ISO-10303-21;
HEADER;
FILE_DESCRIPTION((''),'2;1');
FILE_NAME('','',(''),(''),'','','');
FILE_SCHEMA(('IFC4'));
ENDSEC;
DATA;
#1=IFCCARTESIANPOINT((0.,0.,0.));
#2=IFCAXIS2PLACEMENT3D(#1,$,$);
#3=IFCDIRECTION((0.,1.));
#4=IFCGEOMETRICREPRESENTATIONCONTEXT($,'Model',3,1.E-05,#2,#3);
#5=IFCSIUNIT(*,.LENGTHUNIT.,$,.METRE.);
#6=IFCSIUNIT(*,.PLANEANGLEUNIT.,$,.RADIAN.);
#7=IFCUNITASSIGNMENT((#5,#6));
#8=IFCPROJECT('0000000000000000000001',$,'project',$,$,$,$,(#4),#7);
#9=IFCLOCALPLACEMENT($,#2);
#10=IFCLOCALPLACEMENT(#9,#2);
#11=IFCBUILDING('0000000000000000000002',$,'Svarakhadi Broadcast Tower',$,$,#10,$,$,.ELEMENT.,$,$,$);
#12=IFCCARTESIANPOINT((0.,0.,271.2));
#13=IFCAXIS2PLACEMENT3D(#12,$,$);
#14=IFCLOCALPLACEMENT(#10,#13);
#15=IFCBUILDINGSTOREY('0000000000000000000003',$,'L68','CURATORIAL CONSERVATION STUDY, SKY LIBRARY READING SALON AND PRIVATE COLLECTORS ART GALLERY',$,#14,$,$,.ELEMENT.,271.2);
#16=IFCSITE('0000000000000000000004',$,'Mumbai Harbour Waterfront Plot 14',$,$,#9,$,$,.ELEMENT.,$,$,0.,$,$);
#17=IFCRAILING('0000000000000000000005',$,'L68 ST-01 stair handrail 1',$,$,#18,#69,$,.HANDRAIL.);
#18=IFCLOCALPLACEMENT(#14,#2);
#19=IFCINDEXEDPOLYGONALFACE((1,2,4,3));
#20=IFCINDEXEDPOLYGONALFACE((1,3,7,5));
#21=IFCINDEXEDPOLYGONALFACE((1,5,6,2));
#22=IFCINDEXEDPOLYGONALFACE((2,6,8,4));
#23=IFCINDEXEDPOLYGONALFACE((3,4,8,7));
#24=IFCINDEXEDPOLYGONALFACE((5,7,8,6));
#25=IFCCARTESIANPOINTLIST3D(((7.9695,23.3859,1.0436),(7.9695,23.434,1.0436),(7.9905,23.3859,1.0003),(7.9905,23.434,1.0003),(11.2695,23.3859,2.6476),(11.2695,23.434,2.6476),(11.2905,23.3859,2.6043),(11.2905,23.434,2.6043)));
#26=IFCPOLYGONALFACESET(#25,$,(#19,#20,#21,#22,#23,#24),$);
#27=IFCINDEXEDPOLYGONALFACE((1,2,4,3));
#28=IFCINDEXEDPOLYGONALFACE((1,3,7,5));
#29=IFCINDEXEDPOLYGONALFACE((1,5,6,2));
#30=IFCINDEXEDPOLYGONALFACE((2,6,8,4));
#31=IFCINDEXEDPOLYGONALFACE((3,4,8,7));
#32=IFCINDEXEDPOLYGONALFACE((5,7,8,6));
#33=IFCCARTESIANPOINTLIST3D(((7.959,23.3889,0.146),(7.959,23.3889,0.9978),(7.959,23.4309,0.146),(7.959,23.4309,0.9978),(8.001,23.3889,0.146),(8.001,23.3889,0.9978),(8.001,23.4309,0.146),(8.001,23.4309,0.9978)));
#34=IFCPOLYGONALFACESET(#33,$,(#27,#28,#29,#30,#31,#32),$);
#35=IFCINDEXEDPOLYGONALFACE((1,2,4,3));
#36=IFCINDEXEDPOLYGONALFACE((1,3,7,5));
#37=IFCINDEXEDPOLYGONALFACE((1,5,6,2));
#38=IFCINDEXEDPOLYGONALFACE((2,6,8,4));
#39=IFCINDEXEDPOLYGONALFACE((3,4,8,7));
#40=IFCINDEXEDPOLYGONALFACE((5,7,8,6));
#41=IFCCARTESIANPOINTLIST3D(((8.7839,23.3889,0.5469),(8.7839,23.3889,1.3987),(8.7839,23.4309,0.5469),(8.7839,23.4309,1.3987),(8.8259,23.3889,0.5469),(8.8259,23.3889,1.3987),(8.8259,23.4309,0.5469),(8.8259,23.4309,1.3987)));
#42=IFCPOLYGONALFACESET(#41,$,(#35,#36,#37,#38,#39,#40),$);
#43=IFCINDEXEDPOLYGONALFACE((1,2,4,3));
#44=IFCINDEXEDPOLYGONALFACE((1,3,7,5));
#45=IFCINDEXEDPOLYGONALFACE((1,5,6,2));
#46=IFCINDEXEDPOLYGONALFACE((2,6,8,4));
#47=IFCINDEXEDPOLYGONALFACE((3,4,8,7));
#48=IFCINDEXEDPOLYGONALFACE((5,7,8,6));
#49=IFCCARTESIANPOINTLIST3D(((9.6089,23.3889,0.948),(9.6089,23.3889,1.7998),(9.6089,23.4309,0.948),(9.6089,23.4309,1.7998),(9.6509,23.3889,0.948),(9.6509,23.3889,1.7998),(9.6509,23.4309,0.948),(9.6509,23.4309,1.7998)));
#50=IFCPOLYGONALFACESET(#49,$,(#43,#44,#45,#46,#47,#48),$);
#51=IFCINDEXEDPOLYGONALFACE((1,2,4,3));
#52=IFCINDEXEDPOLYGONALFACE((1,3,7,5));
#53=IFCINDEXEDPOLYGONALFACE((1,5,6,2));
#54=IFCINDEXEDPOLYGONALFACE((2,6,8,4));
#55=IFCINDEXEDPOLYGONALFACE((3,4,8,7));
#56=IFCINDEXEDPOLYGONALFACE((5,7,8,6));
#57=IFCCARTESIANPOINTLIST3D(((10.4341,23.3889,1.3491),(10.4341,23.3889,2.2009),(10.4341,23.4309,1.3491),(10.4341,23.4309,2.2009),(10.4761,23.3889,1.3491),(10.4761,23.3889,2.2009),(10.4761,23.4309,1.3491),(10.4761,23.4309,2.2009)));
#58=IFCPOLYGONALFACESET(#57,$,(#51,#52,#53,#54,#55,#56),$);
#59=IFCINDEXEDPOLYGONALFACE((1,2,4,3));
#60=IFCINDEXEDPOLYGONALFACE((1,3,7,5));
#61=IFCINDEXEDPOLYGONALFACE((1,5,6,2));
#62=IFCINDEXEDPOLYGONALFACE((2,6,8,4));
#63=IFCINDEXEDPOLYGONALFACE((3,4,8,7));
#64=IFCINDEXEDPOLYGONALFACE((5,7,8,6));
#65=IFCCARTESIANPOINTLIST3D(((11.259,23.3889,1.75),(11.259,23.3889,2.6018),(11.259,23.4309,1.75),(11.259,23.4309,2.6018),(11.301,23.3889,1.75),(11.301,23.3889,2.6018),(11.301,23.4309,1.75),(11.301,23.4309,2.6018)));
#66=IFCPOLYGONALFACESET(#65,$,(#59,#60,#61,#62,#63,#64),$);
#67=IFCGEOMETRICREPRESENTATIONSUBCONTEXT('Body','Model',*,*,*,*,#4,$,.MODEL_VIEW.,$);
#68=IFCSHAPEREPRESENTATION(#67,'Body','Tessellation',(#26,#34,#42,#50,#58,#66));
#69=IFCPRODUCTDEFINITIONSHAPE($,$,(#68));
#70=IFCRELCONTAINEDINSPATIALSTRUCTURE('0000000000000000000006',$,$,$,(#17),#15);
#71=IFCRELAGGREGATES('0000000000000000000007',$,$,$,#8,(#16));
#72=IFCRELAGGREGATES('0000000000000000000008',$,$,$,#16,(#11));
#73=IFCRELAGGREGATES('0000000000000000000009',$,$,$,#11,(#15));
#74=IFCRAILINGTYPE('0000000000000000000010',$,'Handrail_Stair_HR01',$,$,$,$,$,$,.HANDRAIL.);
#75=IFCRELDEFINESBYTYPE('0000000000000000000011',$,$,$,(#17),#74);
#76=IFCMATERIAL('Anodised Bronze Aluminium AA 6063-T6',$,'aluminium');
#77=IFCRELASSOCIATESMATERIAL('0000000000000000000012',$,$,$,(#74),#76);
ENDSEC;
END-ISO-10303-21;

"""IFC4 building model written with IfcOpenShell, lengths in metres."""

from ifc_helpers import new_model, si_unit, direction, frame, origin, origin_2d, place, context, subcontext, project, spatial, rectangle, extrude, material, type_object, element, save


model = new_model("IFC4")

# Units and contexts
model_context = context("Model", 3, precision=1e-05, world=origin(), true_north=direction((0.0, 1.0)))
body_context = subcontext(model_context, "Body", "Model", "MODEL_VIEW")
ifc_project = project(units=[si_unit("LENGTHUNIT", "METRE"), si_unit("PLANEANGLEUNIT", "RADIAN")], contexts=[model_context])

# Site, building, storey
site_placement = place(None, origin())
site = spatial("IfcSite", under=ifc_project, at=site_placement, Name="Mumbai Harbour Waterfront Plot 14", CompositionType="ELEMENT", RefElevation=0.0)
building_placement = place(site_placement, origin())
building = spatial("IfcBuilding", under=site, at=building_placement, Name="Svarakhadi Broadcast Tower", CompositionType="ELEMENT")
storey_placement = place(building_placement, frame((0.0, 0.0, 271.2)))
storey = spatial("IfcBuildingStorey", under=building, at=storey_placement, Name="L68", Description="CURATORIAL CONSERVATION STUDY, SKY LIBRARY READING SALON AND PRIVATE COLLECTORS ART GALLERY", CompositionType="ELEMENT", Elevation=271.2)

# Shared definitions
ifc_material_1 = material(Name="Anodised Bronze Aluminium AA 6063-T6", Category="aluminium")

# Railing
railing_type = type_object("IfcRailingType", Name="Handrail_Stair_HR01", PredefinedType="HANDRAIL", material=ifc_material_1)
railing_placement = place(storey_placement, frame((7.98, 23.4099, 0.146)))
element("IfcRailing", 1, at=railing_placement, inside=storey, type_object=railing_type, Name="L68 ST-01 stair handrail 1", PredefinedType="HANDRAIL", context=body_context, shape_type="SweptSolid", body=[
    extrude(rectangle(XDim=0.0481, YDim=0.0481, at=origin_2d()), frame((0.0, 0.0, 0.876), z_axis=(0.899388, 0.0, 0.437152), x_axis=(0.0, 1.0, 0.0)), (0.0, 0.0, 1.0), 3.6692),
    extrude(rectangle(XDim=0.042, YDim=0.042, at=origin_2d()), origin(), (0.0, 0.0, 1.0), 0.8518),
    extrude(rectangle(XDim=0.042, YDim=0.042, at=origin_2d()), frame((0.825, 0.0, 0.4009)), (0.0, 0.0, 1.0), 0.8518),
    extrude(rectangle(XDim=0.042, YDim=0.042, at=origin_2d()), frame((1.6499, 0.0, 0.802)), (0.0, 0.0, 1.0), 0.8518),
    extrude(rectangle(XDim=0.042, YDim=0.042, at=origin_2d()), frame((2.4751, 0.0, 1.2031)), (0.0, 0.0, 1.0), 0.8518),
    extrude(rectangle(XDim=0.042, YDim=0.042, at=origin_2d()), frame((3.3, 0.0, 1.604)), (0.0, 0.0, 1.0), 0.8518),
])

save(model, "model.ifc")
